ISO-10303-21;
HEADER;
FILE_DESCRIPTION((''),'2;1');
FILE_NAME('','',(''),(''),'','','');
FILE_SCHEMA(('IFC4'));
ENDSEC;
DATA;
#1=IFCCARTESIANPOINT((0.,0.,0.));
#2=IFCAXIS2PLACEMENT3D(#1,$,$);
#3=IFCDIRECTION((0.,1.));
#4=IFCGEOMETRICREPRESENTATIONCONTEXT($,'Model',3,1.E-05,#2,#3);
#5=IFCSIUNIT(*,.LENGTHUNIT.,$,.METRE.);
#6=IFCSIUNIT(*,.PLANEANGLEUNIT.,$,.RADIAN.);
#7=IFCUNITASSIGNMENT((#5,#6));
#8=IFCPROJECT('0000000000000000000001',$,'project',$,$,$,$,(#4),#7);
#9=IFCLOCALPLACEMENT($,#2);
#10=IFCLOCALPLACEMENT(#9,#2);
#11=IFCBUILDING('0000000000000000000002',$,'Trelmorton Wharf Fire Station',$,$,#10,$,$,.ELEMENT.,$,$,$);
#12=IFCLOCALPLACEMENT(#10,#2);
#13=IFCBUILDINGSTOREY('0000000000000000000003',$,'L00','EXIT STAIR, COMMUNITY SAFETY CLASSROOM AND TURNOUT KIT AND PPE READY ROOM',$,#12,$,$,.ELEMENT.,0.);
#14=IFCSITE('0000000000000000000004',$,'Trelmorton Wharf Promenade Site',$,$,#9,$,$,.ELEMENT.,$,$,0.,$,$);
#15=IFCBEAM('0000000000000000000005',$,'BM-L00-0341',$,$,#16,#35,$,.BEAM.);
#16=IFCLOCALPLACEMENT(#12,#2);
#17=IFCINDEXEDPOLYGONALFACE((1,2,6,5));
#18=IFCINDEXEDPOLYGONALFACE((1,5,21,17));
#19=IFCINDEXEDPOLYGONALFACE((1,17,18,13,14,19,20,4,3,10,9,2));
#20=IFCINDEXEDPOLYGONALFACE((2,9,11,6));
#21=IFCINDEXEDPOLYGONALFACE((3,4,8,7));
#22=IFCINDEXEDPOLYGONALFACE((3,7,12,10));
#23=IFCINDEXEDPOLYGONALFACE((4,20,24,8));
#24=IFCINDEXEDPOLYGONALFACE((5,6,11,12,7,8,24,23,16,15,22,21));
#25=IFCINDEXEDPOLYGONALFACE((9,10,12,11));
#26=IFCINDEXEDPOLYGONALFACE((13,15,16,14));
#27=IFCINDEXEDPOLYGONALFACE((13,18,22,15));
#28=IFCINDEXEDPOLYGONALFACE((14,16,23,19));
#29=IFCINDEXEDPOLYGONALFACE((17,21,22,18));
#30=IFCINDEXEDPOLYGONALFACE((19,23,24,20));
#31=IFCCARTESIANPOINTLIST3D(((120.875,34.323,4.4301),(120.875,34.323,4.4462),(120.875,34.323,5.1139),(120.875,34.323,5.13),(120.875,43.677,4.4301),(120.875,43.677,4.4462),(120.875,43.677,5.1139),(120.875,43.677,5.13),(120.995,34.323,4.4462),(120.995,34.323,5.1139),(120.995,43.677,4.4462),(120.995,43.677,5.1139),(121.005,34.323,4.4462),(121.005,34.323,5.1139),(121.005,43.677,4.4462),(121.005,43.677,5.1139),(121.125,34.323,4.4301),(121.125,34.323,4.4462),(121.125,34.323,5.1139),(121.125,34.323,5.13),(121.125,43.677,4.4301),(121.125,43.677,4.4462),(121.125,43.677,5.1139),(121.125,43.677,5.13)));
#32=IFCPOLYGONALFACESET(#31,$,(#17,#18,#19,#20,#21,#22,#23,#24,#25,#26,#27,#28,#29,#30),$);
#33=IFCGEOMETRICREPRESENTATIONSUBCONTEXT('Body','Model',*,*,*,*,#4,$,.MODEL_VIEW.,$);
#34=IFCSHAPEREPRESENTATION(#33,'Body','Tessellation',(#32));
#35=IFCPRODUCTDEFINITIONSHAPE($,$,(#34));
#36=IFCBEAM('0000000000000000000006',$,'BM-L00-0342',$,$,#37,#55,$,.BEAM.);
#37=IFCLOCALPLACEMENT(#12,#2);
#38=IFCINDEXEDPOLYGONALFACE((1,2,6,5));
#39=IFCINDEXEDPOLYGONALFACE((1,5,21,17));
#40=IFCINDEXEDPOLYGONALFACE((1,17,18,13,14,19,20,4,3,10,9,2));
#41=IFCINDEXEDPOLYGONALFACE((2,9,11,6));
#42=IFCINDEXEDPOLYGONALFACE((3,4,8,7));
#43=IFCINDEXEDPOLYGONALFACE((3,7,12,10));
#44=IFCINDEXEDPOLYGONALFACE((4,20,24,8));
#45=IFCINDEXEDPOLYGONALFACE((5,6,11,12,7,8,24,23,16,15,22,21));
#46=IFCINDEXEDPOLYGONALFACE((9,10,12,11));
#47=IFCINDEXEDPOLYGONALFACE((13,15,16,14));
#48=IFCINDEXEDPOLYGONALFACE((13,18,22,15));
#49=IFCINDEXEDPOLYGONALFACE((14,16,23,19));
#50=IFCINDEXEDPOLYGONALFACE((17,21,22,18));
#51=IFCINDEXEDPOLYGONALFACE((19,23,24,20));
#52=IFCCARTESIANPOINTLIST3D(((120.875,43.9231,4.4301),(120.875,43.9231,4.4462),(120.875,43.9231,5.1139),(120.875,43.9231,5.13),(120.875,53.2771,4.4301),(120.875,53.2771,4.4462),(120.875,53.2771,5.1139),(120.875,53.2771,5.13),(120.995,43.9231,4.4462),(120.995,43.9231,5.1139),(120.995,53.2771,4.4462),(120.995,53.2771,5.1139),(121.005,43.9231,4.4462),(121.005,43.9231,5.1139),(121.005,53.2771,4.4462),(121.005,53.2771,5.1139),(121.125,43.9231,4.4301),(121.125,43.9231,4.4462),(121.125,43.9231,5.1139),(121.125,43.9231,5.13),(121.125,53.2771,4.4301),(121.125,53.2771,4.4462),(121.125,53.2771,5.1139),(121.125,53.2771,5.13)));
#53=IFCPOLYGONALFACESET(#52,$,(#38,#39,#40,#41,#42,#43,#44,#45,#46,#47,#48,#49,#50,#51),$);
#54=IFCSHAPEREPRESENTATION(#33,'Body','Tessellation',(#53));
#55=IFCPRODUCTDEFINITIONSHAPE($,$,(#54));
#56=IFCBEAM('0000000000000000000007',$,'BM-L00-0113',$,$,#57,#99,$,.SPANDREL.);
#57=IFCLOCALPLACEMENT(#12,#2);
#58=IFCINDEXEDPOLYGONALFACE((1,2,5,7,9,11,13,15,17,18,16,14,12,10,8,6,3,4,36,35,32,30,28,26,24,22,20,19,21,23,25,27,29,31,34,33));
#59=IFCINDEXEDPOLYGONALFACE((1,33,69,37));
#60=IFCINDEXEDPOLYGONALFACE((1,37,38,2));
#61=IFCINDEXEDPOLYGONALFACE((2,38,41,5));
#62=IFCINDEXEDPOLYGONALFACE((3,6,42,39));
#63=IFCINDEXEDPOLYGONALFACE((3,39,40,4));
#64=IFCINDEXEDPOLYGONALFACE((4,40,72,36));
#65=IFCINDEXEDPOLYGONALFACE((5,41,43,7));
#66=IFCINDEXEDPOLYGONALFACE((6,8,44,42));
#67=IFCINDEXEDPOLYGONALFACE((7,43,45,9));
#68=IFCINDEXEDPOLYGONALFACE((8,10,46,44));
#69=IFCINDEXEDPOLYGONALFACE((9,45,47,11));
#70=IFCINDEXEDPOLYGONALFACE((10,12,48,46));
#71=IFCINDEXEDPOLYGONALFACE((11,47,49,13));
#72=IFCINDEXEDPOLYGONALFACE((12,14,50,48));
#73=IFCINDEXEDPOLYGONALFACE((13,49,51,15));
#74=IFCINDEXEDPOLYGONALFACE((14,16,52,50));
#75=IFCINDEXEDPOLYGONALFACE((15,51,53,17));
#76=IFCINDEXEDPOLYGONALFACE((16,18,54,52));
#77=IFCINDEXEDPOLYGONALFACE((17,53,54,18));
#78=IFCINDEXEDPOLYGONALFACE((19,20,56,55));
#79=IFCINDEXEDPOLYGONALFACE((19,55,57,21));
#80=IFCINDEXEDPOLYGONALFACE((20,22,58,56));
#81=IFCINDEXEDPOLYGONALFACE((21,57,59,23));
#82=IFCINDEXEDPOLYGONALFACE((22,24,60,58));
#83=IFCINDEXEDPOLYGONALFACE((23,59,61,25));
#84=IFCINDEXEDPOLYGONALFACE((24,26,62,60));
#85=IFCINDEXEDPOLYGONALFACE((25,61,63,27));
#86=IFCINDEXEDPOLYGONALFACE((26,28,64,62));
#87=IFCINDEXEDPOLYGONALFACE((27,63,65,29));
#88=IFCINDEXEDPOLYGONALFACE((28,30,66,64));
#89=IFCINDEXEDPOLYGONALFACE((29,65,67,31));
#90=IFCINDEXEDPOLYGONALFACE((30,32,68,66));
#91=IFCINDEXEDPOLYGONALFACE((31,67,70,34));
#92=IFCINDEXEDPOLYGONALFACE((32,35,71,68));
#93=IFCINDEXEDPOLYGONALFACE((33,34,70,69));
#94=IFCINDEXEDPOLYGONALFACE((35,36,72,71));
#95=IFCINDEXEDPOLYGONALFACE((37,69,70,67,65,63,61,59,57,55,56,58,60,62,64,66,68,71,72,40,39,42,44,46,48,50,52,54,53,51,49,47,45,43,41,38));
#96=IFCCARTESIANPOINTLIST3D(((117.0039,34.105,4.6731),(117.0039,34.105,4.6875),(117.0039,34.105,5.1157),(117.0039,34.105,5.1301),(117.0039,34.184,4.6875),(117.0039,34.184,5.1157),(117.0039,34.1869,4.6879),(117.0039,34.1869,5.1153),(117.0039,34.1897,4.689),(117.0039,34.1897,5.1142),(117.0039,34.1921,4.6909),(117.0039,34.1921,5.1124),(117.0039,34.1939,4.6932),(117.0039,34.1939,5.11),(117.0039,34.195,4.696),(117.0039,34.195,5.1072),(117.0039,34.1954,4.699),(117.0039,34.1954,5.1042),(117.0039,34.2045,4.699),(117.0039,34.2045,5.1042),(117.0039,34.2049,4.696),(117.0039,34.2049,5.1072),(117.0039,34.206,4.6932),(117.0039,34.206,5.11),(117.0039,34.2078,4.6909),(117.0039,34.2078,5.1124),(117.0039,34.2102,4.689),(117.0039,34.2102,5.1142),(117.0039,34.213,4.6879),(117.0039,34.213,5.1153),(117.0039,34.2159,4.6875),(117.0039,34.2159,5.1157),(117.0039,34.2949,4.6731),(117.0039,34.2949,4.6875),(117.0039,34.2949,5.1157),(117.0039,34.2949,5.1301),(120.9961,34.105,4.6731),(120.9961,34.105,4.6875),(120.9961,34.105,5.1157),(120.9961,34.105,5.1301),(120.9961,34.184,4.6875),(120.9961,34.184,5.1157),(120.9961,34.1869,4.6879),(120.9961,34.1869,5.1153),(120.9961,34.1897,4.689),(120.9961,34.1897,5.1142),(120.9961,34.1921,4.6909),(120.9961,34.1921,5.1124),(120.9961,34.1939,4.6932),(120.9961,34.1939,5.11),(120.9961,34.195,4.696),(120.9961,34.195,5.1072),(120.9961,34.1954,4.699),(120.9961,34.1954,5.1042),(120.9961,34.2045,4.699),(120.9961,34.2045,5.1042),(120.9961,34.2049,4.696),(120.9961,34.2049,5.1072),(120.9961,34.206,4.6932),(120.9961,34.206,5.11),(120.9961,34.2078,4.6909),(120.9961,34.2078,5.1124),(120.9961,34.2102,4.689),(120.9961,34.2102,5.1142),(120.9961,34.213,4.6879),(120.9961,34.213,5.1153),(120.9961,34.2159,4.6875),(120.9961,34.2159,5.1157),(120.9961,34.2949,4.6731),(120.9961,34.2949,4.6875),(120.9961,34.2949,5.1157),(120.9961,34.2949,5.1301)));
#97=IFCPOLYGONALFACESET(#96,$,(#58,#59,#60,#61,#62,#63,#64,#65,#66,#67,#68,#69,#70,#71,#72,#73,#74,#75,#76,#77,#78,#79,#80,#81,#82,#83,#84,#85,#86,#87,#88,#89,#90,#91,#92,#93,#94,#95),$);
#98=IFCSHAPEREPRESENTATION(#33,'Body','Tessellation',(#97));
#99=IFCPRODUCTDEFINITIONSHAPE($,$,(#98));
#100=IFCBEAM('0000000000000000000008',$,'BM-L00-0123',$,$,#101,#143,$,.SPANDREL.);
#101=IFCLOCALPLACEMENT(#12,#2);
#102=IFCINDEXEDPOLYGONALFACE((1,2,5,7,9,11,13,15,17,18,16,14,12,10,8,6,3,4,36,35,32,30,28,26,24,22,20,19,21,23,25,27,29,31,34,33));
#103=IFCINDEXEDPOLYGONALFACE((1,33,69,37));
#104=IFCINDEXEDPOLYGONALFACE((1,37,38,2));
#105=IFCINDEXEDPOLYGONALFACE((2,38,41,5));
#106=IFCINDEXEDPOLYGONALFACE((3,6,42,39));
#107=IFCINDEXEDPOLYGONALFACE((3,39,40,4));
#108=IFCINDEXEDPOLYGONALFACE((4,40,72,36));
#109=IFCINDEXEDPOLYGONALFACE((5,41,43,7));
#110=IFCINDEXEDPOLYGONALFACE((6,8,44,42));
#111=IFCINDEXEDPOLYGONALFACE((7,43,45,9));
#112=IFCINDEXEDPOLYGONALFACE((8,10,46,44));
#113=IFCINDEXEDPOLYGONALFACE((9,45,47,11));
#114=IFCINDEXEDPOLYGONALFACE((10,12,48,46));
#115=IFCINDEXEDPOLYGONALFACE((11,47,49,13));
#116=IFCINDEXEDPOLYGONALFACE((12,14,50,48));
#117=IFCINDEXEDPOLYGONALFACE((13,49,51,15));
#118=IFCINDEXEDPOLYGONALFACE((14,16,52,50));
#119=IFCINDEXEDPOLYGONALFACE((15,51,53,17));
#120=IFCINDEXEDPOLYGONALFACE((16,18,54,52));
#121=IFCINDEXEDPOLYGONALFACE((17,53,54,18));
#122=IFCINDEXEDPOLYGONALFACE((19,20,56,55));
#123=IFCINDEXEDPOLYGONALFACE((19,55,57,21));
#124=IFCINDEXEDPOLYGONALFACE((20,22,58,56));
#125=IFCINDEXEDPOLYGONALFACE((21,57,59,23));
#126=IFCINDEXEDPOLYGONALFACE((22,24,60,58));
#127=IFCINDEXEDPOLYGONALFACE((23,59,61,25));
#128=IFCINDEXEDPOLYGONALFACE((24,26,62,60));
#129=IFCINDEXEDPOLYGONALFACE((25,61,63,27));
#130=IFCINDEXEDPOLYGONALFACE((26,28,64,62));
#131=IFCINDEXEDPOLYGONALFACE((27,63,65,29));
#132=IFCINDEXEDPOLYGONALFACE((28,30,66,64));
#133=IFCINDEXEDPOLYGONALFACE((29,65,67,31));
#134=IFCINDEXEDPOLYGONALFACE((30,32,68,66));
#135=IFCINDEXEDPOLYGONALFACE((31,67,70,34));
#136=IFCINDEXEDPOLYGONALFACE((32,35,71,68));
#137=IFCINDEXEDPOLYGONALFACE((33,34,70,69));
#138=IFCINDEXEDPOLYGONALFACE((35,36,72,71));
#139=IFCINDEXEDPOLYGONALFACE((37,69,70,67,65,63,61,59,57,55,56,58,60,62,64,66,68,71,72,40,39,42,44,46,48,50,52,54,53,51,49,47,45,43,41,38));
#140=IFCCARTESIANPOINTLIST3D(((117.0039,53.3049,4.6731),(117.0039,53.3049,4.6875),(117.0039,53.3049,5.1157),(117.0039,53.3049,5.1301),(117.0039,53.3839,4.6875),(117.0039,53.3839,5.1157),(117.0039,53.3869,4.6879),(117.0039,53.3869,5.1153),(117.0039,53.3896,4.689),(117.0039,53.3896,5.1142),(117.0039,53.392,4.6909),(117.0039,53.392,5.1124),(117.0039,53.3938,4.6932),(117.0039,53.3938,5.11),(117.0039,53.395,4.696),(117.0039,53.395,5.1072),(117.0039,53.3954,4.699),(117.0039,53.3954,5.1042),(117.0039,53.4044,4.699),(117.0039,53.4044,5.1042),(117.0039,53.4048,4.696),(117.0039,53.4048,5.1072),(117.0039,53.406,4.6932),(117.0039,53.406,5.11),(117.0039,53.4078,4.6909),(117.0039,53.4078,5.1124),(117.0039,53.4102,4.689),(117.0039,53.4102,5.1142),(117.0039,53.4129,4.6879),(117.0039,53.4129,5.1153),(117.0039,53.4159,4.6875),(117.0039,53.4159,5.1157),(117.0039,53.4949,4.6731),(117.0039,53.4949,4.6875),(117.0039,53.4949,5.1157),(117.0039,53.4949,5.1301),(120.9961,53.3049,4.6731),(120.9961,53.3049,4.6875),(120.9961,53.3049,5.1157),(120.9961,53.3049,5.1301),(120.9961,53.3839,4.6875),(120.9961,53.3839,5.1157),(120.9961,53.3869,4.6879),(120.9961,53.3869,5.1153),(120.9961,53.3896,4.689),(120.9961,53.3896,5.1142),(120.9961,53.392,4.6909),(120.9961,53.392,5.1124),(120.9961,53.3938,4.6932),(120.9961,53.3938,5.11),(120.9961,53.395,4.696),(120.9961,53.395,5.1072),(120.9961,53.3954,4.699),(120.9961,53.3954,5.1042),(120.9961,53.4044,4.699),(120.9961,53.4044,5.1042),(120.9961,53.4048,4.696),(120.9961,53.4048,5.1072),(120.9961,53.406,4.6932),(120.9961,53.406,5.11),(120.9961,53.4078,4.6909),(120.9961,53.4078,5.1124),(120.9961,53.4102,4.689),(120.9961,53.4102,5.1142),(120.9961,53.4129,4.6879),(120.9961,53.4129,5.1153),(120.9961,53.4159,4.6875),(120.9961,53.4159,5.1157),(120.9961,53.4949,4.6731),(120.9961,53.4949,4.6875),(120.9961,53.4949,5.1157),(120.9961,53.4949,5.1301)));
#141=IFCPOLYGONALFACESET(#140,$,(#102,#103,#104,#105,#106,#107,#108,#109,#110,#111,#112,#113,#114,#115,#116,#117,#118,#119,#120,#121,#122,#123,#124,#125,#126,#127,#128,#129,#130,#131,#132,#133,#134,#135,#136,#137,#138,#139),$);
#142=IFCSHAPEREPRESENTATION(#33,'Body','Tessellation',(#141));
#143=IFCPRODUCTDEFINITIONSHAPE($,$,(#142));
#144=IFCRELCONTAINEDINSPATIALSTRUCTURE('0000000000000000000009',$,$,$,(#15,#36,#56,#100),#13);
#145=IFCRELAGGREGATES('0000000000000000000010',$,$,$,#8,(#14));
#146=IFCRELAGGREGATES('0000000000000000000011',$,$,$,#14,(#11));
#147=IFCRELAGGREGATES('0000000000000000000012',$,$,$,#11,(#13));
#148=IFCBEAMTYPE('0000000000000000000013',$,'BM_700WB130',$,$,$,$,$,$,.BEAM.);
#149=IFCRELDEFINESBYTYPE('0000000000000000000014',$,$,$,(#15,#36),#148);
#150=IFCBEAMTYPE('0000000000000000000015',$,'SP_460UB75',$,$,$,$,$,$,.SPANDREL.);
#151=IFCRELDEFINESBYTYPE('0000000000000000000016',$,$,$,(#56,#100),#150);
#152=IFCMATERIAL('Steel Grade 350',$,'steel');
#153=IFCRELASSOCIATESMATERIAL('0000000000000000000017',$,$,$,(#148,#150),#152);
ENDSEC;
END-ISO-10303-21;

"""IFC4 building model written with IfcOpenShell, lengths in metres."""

from ifc_helpers import new_model, si_unit, direction, frame, origin, origin_2d, place, context, subcontext, project, spatial, i_section, extrude, material, material_profile, profile_set, type_object, element, save


model = new_model("IFC4")

# Units and contexts
model_context = context("Model", 3, precision=1e-05, world=origin(), true_north=direction((0.0, 1.0)))
body_context = subcontext(model_context, "Body", "Model", "MODEL_VIEW")
ifc_project = project(units=[si_unit("LENGTHUNIT", "METRE"), si_unit("PLANEANGLEUNIT", "RADIAN")], contexts=[model_context])

# Site, building, storey
site_placement = place(None, origin())
site = spatial("IfcSite", under=ifc_project, at=site_placement, Name="Trelmorton Wharf Promenade Site", CompositionType="ELEMENT", RefElevation=0.0)
building_placement = place(site_placement, origin())
building = spatial("IfcBuilding", under=site, at=building_placement, Name="Trelmorton Wharf Fire Station", CompositionType="ELEMENT")
storey_placement = place(building_placement, origin())
storey = spatial("IfcBuildingStorey", under=building, at=storey_placement, Name="L00", Description="EXIT STAIR, COMMUNITY SAFETY CLASSROOM AND TURNOUT KIT AND PPE READY ROOM", CompositionType="ELEMENT", Elevation=0.0)

# Shared definitions
ifc_material_1 = material(Name="Steel Grade 350", Category="steel")

# Beams
ifc_material_profile_1 = material_profile(ifc_material_1, i_section(OverallWidth=0.25, OverallDepth=0.7, WebThickness=0.01, FlangeThickness=0.0161, at=origin_2d()), Name="700WB130")
ifc_profile_set_1 = profile_set([ifc_material_profile_1], Name="Steel Grade 350")
beam_type_1 = type_object("IfcBeamType", Name="BM_700WB130", PredefinedType="BEAM", material=ifc_profile_set_1)
for number, where, z_axis, x_axis, name in (
    (1, (121.0, 34.323, 4.78), (0.0, 1.0, 0.0), (-1.0, 0.0, 0.0), "BM-L00-0341"),
    (2, (121.0, 43.9231, 4.78), (0.0, 1.0, 0.0), (-1.0, 0.0, 0.0), "BM-L00-0342"),
):
    element("IfcBeam", number, at=place(storey_placement, frame(where, z_axis=z_axis, x_axis=x_axis)), inside=storey, type_object=beam_type_1, Name=name, PredefinedType="BEAM", context=body_context, shape_type="SweptSolid", body=[
        extrude(i_section(OverallWidth=0.25, OverallDepth=0.7, WebThickness=0.01, FlangeThickness=0.0161, at=origin_2d()), origin(), (0.0, 0.0, 1.0), 9.354),
    ])
ifc_material_profile_2 = material_profile(ifc_material_1, i_section(OverallWidth=0.1899, OverallDepth=0.457, WebThickness=0.009, FlangeThickness=0.0144, FilletRadius=0.0115, at=origin_2d()), Name="460UB74.6")
ifc_profile_set_2 = profile_set([ifc_material_profile_2], Name="Steel Grade 350")
beam_type_2 = type_object("IfcBeamType", Name="SP_460UB75", PredefinedType="SPANDREL", material=ifc_profile_set_2)
for number, where, z_axis, x_axis, name in (
    (3, (117.0039, 34.2, 4.9016), (1.0, 0.0, 0.0), (0.0, 1.0, 0.0), "BM-L00-0113"),
    (4, (117.0039, 53.3999, 4.9016), (1.0, 0.0, 0.0), (0.0, 1.0, 0.0), "BM-L00-0123"),
):
    element("IfcBeam", number, at=place(storey_placement, frame(where, z_axis=z_axis, x_axis=x_axis)), inside=storey, type_object=beam_type_2, Name=name, PredefinedType="SPANDREL", context=body_context, shape_type="SweptSolid", body=[
        extrude(i_section(OverallWidth=0.1899, OverallDepth=0.457, WebThickness=0.009, FlangeThickness=0.0144, FilletRadius=0.0115, at=origin_2d()), origin(), (0.0, 0.0, 1.0), 3.9922),
    ])

save(model, "model.ifc")
